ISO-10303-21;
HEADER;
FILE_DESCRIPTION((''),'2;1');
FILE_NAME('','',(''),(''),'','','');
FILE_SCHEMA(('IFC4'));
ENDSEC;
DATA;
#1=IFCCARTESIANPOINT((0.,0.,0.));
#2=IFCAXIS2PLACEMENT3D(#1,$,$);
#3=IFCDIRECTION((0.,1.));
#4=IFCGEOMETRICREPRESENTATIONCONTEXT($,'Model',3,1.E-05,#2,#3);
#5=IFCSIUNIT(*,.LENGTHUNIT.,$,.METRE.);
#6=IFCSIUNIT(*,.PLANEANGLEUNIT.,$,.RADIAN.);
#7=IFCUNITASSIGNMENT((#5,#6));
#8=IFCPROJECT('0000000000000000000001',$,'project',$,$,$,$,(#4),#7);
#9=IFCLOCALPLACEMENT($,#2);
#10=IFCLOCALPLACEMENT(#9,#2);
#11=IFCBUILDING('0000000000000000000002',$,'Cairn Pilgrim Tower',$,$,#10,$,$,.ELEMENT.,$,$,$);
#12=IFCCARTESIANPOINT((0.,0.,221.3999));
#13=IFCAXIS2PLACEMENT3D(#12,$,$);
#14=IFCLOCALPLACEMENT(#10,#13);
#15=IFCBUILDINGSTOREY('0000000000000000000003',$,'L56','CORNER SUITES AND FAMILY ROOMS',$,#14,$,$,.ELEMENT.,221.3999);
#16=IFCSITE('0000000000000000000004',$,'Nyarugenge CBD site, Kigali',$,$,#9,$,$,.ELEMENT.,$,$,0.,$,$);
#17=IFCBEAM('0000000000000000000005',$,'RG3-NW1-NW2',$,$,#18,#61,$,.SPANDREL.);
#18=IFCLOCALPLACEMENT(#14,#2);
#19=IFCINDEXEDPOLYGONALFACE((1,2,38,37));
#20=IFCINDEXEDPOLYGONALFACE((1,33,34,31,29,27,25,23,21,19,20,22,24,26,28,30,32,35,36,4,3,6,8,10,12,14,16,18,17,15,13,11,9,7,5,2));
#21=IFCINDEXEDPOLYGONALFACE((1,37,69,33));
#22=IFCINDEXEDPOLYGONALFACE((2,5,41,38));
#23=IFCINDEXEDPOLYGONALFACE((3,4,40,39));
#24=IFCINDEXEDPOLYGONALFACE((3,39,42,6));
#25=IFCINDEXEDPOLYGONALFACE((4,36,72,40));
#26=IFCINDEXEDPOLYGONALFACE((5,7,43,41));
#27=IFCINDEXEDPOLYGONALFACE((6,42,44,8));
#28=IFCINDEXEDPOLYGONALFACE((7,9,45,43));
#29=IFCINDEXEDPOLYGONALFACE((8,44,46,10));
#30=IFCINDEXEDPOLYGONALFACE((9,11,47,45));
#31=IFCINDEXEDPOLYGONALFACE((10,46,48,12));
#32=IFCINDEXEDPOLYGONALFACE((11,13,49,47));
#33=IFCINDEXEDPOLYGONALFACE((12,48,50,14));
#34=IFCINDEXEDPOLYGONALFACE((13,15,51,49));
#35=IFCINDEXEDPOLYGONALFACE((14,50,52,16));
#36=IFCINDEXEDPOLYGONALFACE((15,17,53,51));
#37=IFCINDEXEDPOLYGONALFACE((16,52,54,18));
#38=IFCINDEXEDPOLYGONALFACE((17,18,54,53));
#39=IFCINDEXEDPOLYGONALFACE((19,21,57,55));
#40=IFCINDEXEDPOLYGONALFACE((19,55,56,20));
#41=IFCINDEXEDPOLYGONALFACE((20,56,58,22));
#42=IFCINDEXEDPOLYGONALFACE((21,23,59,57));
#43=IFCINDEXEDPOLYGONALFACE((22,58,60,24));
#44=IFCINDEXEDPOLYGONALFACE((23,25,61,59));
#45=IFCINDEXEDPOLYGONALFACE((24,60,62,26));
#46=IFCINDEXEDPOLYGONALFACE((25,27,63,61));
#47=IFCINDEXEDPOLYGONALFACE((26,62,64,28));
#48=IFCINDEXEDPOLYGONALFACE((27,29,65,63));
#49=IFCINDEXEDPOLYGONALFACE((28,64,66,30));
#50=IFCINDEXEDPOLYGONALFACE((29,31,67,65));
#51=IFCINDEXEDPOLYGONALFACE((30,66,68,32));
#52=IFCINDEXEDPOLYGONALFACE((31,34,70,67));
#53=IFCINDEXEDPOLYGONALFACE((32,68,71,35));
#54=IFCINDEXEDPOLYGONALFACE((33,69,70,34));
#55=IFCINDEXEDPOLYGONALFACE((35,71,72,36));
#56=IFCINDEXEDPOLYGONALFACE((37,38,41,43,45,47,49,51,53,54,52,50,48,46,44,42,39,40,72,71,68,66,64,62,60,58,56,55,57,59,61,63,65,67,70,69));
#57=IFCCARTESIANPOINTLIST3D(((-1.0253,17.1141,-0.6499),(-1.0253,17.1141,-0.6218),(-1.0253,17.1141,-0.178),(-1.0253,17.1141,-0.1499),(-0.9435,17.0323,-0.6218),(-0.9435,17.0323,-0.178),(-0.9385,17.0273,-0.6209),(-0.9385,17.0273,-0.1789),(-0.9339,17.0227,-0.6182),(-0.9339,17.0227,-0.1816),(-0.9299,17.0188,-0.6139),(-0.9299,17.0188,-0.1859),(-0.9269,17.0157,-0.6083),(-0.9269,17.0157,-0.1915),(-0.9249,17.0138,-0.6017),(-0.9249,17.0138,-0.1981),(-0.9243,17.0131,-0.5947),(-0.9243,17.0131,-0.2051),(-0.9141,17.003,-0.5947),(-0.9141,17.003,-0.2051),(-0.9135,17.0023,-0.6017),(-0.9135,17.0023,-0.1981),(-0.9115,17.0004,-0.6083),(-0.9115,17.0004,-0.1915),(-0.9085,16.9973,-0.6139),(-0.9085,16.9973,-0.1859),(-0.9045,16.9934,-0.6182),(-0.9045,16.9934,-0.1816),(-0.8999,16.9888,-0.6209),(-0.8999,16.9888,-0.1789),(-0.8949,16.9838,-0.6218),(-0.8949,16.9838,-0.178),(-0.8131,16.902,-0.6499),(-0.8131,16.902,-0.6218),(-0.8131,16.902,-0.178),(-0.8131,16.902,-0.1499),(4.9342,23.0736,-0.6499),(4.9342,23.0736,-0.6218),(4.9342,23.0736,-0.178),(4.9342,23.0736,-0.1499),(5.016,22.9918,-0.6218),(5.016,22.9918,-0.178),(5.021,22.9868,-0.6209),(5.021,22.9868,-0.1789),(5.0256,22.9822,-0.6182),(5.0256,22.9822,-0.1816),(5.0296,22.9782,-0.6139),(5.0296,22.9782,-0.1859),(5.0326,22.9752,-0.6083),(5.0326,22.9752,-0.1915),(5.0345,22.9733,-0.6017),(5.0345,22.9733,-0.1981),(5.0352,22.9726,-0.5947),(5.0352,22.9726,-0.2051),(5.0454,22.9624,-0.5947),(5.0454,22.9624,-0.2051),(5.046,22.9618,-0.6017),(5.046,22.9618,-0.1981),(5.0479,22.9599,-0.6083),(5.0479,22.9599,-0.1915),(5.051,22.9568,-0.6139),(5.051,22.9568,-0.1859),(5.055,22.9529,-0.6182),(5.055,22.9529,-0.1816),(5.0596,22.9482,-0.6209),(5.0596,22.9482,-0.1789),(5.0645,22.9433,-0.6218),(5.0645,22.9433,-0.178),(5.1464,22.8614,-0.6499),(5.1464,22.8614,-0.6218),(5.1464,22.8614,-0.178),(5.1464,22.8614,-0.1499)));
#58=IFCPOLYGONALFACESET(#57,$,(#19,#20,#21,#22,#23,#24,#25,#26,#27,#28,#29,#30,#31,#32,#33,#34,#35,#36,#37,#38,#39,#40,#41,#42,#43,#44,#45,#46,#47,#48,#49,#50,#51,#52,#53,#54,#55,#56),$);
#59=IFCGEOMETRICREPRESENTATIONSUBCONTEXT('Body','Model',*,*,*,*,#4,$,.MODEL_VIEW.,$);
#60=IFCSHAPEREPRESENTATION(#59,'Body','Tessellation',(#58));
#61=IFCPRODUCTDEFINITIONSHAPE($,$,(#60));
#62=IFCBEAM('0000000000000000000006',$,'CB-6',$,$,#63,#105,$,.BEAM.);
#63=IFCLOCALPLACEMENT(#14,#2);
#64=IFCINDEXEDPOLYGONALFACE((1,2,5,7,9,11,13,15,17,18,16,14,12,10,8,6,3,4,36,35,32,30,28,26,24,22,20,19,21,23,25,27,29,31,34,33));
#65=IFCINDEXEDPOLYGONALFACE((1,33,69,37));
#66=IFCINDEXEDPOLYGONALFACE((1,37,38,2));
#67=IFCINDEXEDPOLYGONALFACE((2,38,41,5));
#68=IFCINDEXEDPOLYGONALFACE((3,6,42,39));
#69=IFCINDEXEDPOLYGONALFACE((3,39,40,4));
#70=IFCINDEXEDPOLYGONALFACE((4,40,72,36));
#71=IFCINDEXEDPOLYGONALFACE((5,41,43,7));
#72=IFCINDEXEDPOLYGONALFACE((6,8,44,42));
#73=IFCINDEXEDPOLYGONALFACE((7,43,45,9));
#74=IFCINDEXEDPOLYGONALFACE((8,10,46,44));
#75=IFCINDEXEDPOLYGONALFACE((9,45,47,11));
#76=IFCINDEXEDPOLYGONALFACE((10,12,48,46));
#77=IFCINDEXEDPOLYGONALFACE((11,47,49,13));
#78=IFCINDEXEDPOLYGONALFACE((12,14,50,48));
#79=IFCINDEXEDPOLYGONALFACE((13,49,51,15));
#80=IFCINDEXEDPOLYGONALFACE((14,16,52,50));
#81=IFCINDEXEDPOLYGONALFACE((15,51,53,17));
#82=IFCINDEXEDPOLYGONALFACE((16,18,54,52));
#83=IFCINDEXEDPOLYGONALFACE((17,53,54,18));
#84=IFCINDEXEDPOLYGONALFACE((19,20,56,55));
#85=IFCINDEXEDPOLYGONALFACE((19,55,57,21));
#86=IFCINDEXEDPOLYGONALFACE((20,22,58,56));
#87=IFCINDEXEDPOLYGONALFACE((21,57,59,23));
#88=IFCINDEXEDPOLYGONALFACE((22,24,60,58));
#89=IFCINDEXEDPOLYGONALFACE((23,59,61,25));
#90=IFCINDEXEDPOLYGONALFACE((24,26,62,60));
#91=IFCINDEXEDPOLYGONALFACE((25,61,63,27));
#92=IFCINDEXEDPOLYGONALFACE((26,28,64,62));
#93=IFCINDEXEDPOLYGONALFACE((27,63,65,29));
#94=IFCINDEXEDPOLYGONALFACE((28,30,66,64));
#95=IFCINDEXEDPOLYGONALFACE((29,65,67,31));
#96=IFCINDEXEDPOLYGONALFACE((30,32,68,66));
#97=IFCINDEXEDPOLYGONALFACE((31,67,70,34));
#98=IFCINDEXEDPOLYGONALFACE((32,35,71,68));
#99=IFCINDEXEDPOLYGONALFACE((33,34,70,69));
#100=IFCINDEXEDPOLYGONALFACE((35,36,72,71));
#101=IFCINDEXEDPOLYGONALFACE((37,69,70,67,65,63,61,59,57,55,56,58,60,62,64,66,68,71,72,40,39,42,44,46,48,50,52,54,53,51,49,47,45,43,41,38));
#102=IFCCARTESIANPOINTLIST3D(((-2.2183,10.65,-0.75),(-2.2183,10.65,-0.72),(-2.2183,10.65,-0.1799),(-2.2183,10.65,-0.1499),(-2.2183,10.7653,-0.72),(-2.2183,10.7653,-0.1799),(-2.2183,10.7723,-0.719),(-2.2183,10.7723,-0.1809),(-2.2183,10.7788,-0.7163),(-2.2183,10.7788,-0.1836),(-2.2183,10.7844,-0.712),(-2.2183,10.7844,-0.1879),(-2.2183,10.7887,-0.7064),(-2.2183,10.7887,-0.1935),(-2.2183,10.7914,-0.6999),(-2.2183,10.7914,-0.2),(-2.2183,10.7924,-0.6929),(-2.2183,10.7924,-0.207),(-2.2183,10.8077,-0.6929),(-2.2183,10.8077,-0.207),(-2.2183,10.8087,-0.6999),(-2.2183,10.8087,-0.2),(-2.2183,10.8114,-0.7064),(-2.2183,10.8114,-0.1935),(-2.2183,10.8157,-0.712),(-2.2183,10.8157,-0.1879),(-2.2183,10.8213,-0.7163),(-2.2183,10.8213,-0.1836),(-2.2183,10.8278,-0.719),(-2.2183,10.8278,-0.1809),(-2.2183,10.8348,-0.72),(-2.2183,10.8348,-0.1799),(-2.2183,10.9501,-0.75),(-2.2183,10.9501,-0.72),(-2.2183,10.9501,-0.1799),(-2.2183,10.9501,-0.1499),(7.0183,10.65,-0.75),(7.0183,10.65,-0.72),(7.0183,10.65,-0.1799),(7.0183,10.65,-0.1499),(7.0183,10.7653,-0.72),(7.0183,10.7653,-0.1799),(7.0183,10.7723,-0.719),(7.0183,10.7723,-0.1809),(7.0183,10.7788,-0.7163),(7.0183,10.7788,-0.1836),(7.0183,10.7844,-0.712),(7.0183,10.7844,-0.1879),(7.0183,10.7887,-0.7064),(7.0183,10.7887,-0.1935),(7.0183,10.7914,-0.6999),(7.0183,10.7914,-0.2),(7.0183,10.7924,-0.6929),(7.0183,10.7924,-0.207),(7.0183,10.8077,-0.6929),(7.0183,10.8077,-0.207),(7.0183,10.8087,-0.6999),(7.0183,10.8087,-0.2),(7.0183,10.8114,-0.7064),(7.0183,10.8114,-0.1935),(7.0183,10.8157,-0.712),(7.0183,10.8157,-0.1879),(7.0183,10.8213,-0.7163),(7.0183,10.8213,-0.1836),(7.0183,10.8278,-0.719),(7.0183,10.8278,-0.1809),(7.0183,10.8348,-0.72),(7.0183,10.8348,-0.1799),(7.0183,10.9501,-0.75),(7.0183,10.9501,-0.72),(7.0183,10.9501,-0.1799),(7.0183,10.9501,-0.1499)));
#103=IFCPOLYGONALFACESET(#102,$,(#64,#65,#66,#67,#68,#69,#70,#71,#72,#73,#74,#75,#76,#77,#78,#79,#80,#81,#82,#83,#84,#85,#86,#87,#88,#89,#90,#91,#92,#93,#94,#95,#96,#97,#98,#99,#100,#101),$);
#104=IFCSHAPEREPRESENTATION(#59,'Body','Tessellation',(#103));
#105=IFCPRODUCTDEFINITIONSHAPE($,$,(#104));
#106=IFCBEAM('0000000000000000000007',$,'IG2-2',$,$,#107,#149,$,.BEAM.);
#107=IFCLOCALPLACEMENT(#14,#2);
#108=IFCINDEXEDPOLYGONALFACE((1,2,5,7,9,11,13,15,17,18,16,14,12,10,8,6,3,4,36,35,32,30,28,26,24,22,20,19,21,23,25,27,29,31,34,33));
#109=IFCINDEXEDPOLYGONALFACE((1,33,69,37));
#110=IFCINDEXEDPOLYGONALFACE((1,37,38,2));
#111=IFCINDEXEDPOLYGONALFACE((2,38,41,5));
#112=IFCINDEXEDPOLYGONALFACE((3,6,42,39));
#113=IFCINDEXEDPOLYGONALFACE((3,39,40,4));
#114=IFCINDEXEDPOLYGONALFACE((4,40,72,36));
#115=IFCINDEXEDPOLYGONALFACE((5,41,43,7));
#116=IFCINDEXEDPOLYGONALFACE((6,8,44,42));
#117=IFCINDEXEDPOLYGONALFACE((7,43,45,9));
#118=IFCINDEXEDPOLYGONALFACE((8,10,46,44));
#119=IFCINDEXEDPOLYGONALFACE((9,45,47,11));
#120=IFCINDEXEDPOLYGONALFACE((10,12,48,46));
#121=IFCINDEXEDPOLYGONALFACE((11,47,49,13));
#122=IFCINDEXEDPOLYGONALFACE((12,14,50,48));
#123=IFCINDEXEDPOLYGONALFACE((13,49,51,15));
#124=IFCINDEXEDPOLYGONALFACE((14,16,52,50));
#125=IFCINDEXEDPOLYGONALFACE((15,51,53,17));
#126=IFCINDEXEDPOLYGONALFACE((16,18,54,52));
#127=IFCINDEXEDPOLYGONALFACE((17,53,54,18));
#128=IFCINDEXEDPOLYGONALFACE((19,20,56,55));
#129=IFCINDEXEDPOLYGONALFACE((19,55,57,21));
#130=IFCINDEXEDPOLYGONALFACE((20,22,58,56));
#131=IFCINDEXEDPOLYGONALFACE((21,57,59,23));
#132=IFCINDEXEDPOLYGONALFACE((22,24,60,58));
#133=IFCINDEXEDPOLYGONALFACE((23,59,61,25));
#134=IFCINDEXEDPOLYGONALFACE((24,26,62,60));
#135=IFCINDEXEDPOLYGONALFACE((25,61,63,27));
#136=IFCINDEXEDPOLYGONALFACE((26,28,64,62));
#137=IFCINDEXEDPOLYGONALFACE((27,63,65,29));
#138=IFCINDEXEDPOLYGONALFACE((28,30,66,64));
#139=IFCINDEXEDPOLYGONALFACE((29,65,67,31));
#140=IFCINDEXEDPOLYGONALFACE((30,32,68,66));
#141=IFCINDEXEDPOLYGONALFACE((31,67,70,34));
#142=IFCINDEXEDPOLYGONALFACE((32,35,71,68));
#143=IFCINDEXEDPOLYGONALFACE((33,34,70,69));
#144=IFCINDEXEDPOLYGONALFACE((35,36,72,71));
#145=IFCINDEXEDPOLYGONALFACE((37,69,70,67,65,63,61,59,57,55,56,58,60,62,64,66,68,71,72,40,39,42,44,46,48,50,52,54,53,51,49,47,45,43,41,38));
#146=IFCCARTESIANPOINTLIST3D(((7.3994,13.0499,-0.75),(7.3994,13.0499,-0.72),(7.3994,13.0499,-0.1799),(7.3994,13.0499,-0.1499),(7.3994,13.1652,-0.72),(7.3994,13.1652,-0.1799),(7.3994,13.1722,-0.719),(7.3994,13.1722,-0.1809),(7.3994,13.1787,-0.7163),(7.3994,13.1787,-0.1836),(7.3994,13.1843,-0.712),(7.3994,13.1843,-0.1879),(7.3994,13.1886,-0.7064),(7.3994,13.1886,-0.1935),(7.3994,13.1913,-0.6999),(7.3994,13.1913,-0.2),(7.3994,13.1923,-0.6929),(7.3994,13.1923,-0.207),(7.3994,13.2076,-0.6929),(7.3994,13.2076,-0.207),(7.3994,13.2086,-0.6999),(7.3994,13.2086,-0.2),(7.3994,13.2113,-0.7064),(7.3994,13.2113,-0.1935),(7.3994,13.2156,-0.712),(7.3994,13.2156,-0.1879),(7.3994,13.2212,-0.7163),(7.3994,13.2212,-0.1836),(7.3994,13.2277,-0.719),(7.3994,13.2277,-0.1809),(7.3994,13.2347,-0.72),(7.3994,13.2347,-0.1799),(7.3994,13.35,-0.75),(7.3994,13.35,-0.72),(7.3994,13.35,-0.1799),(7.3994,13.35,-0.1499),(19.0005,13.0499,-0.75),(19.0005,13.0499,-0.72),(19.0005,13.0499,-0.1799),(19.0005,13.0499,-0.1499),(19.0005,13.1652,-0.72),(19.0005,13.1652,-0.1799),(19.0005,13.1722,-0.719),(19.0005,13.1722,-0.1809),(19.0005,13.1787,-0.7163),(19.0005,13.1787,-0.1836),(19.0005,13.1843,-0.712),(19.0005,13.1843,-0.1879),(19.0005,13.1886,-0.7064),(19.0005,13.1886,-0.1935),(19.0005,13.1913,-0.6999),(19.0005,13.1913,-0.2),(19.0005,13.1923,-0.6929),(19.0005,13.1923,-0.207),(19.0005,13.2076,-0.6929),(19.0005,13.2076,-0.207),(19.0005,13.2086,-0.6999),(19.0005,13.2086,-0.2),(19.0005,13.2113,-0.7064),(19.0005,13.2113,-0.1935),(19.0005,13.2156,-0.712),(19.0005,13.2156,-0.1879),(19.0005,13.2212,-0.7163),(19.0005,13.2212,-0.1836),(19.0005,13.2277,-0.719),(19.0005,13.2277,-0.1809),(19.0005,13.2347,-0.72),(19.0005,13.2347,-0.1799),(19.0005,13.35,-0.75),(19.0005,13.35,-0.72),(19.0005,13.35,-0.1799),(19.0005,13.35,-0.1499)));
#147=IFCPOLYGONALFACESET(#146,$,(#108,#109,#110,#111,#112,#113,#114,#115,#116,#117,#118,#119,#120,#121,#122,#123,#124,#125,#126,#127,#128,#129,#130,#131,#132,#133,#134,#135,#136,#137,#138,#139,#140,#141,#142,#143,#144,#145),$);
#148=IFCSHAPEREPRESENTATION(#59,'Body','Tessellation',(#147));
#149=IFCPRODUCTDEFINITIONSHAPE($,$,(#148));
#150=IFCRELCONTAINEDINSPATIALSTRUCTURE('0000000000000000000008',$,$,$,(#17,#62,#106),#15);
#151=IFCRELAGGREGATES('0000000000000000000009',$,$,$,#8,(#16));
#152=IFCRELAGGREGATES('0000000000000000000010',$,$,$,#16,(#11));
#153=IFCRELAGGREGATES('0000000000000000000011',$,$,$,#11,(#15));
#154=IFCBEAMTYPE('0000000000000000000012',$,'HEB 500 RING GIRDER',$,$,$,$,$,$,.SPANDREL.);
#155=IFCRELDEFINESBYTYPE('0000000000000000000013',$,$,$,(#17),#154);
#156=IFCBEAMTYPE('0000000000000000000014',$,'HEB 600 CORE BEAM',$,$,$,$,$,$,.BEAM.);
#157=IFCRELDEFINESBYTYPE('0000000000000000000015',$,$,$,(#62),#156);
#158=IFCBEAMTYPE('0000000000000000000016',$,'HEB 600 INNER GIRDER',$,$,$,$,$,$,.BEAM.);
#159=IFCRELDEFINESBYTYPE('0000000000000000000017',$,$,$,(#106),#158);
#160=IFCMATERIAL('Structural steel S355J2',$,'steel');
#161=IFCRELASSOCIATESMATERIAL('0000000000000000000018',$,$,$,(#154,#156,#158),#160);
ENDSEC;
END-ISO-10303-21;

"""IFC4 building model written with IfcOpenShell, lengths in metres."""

from ifc_helpers import new_model, si_unit, direction, frame, origin, origin_2d, place, context, subcontext, project, spatial, i_section, extrude, material, material_profile, profile_set, type_object, element, save


model = new_model("IFC4")

# Units and contexts
model_context = context("Model", 3, precision=1e-05, world=origin(), true_north=direction((0.0, 1.0)))
body_context = subcontext(model_context, "Body", "Model", "MODEL_VIEW")
ifc_project = project(units=[si_unit("LENGTHUNIT", "METRE"), si_unit("PLANEANGLEUNIT", "RADIAN")], contexts=[model_context])

# Site, building, storey
site_placement = place(None, origin())
site = spatial("IfcSite", under=ifc_project, at=site_placement, Name="Nyarugenge CBD site, Kigali", CompositionType="ELEMENT", RefElevation=0.0)
building_placement = place(site_placement, origin())
building = spatial("IfcBuilding", under=site, at=building_placement, Name="Cairn Pilgrim Tower", CompositionType="ELEMENT")
storey_placement = place(building_placement, frame((0.0, 0.0, 221.3999)))
storey = spatial("IfcBuildingStorey", under=building, at=storey_placement, Name="L56", Description="CORNER SUITES AND FAMILY ROOMS", CompositionType="ELEMENT", Elevation=221.3999)

# Shared definitions
ifc_material_1 = material(Name="Structural steel S355J2", Category="steel")

# Beams
ifc_material_profile_1 = material_profile(ifc_material_1, i_section(OverallWidth=0.3, OverallDepth=0.5, WebThickness=0.0144, FlangeThickness=0.0281, FilletRadius=0.0271, at=origin_2d()), Name="HEB 500")
ifc_profile_set_1 = profile_set([ifc_material_profile_1], Name="Structural steel S355J2")
beam_type_1 = type_object("IfcBeamType", Name="HEB 500 RING GIRDER", PredefinedType="SPANDREL", material=ifc_profile_set_1)
beam_1_placement = place(storey_placement, frame((5.0403, 22.9675, -0.3999), z_axis=(-0.707107, -0.707107, 0.0), x_axis=(0.707107, -0.707107, 0.0)))
element("IfcBeam", 1, at=beam_1_placement, inside=storey, type_object=beam_type_1, Name="RG3-NW1-NW2", PredefinedType="SPANDREL", context=body_context, shape_type="SweptSolid", body=[
    extrude(i_section(OverallWidth=0.3, OverallDepth=0.5, WebThickness=0.0144, FlangeThickness=0.0281, FilletRadius=0.0271, at=origin_2d()), origin(), (0.0, 0.0, 1.0), 8.428),
])
ifc_material_profile_2 = material_profile(ifc_material_1, i_section(OverallWidth=0.3, OverallDepth=0.6001, WebThickness=0.0154, FlangeThickness=0.03, FilletRadius=0.0271, at=origin_2d()), Name="HEB 600")
ifc_profile_set_2 = profile_set([ifc_material_profile_2], Name="Structural steel S355J2")
beam_type_2 = type_object("IfcBeamType", Name="HEB 600 CORE BEAM", PredefinedType="BEAM", material=ifc_profile_set_2)
beam_2_placement = place(storey_placement, frame((7.0183, 10.8, -0.45), z_axis=(-1.0, 0.0, 0.0), x_axis=(0.0, -1.0, 0.0)))
element("IfcBeam", 2, at=beam_2_placement, inside=storey, type_object=beam_type_2, Name="CB-6", PredefinedType="BEAM", context=body_context, shape_type="SweptSolid", body=[
    extrude(i_section(OverallWidth=0.3, OverallDepth=0.6001, WebThickness=0.0154, FlangeThickness=0.03, FilletRadius=0.0271, at=origin_2d()), origin(), (0.0, 0.0, 1.0), 9.2366),
])
ifc_material_profile_3 = material_profile(ifc_material_1, i_section(OverallWidth=0.3, OverallDepth=0.6001, WebThickness=0.0154, FlangeThickness=0.03, FilletRadius=0.0271, at=origin_2d()), Name="HEB 600")
ifc_profile_set_3 = profile_set([ifc_material_profile_3], Name="Structural steel S355J2")
beam_type_3 = type_object("IfcBeamType", Name="HEB 600 INNER GIRDER", PredefinedType="BEAM", material=ifc_profile_set_3)
beam_3_placement = place(storey_placement, frame((7.3994, 13.2, -0.45), z_axis=(1.0, 0.0, 0.0), x_axis=(0.0, 1.0, 0.0)))
element("IfcBeam", 3, at=beam_3_placement, inside=storey, type_object=beam_type_3, Name="IG2-2", PredefinedType="BEAM", context=body_context, shape_type="SweptSolid", body=[
    extrude(i_section(OverallWidth=0.3, OverallDepth=0.6001, WebThickness=0.0154, FlangeThickness=0.03, FilletRadius=0.0271, at=origin_2d()), origin(), (0.0, 0.0, 1.0), 11.6011),
])

save(model, "model.ifc")
